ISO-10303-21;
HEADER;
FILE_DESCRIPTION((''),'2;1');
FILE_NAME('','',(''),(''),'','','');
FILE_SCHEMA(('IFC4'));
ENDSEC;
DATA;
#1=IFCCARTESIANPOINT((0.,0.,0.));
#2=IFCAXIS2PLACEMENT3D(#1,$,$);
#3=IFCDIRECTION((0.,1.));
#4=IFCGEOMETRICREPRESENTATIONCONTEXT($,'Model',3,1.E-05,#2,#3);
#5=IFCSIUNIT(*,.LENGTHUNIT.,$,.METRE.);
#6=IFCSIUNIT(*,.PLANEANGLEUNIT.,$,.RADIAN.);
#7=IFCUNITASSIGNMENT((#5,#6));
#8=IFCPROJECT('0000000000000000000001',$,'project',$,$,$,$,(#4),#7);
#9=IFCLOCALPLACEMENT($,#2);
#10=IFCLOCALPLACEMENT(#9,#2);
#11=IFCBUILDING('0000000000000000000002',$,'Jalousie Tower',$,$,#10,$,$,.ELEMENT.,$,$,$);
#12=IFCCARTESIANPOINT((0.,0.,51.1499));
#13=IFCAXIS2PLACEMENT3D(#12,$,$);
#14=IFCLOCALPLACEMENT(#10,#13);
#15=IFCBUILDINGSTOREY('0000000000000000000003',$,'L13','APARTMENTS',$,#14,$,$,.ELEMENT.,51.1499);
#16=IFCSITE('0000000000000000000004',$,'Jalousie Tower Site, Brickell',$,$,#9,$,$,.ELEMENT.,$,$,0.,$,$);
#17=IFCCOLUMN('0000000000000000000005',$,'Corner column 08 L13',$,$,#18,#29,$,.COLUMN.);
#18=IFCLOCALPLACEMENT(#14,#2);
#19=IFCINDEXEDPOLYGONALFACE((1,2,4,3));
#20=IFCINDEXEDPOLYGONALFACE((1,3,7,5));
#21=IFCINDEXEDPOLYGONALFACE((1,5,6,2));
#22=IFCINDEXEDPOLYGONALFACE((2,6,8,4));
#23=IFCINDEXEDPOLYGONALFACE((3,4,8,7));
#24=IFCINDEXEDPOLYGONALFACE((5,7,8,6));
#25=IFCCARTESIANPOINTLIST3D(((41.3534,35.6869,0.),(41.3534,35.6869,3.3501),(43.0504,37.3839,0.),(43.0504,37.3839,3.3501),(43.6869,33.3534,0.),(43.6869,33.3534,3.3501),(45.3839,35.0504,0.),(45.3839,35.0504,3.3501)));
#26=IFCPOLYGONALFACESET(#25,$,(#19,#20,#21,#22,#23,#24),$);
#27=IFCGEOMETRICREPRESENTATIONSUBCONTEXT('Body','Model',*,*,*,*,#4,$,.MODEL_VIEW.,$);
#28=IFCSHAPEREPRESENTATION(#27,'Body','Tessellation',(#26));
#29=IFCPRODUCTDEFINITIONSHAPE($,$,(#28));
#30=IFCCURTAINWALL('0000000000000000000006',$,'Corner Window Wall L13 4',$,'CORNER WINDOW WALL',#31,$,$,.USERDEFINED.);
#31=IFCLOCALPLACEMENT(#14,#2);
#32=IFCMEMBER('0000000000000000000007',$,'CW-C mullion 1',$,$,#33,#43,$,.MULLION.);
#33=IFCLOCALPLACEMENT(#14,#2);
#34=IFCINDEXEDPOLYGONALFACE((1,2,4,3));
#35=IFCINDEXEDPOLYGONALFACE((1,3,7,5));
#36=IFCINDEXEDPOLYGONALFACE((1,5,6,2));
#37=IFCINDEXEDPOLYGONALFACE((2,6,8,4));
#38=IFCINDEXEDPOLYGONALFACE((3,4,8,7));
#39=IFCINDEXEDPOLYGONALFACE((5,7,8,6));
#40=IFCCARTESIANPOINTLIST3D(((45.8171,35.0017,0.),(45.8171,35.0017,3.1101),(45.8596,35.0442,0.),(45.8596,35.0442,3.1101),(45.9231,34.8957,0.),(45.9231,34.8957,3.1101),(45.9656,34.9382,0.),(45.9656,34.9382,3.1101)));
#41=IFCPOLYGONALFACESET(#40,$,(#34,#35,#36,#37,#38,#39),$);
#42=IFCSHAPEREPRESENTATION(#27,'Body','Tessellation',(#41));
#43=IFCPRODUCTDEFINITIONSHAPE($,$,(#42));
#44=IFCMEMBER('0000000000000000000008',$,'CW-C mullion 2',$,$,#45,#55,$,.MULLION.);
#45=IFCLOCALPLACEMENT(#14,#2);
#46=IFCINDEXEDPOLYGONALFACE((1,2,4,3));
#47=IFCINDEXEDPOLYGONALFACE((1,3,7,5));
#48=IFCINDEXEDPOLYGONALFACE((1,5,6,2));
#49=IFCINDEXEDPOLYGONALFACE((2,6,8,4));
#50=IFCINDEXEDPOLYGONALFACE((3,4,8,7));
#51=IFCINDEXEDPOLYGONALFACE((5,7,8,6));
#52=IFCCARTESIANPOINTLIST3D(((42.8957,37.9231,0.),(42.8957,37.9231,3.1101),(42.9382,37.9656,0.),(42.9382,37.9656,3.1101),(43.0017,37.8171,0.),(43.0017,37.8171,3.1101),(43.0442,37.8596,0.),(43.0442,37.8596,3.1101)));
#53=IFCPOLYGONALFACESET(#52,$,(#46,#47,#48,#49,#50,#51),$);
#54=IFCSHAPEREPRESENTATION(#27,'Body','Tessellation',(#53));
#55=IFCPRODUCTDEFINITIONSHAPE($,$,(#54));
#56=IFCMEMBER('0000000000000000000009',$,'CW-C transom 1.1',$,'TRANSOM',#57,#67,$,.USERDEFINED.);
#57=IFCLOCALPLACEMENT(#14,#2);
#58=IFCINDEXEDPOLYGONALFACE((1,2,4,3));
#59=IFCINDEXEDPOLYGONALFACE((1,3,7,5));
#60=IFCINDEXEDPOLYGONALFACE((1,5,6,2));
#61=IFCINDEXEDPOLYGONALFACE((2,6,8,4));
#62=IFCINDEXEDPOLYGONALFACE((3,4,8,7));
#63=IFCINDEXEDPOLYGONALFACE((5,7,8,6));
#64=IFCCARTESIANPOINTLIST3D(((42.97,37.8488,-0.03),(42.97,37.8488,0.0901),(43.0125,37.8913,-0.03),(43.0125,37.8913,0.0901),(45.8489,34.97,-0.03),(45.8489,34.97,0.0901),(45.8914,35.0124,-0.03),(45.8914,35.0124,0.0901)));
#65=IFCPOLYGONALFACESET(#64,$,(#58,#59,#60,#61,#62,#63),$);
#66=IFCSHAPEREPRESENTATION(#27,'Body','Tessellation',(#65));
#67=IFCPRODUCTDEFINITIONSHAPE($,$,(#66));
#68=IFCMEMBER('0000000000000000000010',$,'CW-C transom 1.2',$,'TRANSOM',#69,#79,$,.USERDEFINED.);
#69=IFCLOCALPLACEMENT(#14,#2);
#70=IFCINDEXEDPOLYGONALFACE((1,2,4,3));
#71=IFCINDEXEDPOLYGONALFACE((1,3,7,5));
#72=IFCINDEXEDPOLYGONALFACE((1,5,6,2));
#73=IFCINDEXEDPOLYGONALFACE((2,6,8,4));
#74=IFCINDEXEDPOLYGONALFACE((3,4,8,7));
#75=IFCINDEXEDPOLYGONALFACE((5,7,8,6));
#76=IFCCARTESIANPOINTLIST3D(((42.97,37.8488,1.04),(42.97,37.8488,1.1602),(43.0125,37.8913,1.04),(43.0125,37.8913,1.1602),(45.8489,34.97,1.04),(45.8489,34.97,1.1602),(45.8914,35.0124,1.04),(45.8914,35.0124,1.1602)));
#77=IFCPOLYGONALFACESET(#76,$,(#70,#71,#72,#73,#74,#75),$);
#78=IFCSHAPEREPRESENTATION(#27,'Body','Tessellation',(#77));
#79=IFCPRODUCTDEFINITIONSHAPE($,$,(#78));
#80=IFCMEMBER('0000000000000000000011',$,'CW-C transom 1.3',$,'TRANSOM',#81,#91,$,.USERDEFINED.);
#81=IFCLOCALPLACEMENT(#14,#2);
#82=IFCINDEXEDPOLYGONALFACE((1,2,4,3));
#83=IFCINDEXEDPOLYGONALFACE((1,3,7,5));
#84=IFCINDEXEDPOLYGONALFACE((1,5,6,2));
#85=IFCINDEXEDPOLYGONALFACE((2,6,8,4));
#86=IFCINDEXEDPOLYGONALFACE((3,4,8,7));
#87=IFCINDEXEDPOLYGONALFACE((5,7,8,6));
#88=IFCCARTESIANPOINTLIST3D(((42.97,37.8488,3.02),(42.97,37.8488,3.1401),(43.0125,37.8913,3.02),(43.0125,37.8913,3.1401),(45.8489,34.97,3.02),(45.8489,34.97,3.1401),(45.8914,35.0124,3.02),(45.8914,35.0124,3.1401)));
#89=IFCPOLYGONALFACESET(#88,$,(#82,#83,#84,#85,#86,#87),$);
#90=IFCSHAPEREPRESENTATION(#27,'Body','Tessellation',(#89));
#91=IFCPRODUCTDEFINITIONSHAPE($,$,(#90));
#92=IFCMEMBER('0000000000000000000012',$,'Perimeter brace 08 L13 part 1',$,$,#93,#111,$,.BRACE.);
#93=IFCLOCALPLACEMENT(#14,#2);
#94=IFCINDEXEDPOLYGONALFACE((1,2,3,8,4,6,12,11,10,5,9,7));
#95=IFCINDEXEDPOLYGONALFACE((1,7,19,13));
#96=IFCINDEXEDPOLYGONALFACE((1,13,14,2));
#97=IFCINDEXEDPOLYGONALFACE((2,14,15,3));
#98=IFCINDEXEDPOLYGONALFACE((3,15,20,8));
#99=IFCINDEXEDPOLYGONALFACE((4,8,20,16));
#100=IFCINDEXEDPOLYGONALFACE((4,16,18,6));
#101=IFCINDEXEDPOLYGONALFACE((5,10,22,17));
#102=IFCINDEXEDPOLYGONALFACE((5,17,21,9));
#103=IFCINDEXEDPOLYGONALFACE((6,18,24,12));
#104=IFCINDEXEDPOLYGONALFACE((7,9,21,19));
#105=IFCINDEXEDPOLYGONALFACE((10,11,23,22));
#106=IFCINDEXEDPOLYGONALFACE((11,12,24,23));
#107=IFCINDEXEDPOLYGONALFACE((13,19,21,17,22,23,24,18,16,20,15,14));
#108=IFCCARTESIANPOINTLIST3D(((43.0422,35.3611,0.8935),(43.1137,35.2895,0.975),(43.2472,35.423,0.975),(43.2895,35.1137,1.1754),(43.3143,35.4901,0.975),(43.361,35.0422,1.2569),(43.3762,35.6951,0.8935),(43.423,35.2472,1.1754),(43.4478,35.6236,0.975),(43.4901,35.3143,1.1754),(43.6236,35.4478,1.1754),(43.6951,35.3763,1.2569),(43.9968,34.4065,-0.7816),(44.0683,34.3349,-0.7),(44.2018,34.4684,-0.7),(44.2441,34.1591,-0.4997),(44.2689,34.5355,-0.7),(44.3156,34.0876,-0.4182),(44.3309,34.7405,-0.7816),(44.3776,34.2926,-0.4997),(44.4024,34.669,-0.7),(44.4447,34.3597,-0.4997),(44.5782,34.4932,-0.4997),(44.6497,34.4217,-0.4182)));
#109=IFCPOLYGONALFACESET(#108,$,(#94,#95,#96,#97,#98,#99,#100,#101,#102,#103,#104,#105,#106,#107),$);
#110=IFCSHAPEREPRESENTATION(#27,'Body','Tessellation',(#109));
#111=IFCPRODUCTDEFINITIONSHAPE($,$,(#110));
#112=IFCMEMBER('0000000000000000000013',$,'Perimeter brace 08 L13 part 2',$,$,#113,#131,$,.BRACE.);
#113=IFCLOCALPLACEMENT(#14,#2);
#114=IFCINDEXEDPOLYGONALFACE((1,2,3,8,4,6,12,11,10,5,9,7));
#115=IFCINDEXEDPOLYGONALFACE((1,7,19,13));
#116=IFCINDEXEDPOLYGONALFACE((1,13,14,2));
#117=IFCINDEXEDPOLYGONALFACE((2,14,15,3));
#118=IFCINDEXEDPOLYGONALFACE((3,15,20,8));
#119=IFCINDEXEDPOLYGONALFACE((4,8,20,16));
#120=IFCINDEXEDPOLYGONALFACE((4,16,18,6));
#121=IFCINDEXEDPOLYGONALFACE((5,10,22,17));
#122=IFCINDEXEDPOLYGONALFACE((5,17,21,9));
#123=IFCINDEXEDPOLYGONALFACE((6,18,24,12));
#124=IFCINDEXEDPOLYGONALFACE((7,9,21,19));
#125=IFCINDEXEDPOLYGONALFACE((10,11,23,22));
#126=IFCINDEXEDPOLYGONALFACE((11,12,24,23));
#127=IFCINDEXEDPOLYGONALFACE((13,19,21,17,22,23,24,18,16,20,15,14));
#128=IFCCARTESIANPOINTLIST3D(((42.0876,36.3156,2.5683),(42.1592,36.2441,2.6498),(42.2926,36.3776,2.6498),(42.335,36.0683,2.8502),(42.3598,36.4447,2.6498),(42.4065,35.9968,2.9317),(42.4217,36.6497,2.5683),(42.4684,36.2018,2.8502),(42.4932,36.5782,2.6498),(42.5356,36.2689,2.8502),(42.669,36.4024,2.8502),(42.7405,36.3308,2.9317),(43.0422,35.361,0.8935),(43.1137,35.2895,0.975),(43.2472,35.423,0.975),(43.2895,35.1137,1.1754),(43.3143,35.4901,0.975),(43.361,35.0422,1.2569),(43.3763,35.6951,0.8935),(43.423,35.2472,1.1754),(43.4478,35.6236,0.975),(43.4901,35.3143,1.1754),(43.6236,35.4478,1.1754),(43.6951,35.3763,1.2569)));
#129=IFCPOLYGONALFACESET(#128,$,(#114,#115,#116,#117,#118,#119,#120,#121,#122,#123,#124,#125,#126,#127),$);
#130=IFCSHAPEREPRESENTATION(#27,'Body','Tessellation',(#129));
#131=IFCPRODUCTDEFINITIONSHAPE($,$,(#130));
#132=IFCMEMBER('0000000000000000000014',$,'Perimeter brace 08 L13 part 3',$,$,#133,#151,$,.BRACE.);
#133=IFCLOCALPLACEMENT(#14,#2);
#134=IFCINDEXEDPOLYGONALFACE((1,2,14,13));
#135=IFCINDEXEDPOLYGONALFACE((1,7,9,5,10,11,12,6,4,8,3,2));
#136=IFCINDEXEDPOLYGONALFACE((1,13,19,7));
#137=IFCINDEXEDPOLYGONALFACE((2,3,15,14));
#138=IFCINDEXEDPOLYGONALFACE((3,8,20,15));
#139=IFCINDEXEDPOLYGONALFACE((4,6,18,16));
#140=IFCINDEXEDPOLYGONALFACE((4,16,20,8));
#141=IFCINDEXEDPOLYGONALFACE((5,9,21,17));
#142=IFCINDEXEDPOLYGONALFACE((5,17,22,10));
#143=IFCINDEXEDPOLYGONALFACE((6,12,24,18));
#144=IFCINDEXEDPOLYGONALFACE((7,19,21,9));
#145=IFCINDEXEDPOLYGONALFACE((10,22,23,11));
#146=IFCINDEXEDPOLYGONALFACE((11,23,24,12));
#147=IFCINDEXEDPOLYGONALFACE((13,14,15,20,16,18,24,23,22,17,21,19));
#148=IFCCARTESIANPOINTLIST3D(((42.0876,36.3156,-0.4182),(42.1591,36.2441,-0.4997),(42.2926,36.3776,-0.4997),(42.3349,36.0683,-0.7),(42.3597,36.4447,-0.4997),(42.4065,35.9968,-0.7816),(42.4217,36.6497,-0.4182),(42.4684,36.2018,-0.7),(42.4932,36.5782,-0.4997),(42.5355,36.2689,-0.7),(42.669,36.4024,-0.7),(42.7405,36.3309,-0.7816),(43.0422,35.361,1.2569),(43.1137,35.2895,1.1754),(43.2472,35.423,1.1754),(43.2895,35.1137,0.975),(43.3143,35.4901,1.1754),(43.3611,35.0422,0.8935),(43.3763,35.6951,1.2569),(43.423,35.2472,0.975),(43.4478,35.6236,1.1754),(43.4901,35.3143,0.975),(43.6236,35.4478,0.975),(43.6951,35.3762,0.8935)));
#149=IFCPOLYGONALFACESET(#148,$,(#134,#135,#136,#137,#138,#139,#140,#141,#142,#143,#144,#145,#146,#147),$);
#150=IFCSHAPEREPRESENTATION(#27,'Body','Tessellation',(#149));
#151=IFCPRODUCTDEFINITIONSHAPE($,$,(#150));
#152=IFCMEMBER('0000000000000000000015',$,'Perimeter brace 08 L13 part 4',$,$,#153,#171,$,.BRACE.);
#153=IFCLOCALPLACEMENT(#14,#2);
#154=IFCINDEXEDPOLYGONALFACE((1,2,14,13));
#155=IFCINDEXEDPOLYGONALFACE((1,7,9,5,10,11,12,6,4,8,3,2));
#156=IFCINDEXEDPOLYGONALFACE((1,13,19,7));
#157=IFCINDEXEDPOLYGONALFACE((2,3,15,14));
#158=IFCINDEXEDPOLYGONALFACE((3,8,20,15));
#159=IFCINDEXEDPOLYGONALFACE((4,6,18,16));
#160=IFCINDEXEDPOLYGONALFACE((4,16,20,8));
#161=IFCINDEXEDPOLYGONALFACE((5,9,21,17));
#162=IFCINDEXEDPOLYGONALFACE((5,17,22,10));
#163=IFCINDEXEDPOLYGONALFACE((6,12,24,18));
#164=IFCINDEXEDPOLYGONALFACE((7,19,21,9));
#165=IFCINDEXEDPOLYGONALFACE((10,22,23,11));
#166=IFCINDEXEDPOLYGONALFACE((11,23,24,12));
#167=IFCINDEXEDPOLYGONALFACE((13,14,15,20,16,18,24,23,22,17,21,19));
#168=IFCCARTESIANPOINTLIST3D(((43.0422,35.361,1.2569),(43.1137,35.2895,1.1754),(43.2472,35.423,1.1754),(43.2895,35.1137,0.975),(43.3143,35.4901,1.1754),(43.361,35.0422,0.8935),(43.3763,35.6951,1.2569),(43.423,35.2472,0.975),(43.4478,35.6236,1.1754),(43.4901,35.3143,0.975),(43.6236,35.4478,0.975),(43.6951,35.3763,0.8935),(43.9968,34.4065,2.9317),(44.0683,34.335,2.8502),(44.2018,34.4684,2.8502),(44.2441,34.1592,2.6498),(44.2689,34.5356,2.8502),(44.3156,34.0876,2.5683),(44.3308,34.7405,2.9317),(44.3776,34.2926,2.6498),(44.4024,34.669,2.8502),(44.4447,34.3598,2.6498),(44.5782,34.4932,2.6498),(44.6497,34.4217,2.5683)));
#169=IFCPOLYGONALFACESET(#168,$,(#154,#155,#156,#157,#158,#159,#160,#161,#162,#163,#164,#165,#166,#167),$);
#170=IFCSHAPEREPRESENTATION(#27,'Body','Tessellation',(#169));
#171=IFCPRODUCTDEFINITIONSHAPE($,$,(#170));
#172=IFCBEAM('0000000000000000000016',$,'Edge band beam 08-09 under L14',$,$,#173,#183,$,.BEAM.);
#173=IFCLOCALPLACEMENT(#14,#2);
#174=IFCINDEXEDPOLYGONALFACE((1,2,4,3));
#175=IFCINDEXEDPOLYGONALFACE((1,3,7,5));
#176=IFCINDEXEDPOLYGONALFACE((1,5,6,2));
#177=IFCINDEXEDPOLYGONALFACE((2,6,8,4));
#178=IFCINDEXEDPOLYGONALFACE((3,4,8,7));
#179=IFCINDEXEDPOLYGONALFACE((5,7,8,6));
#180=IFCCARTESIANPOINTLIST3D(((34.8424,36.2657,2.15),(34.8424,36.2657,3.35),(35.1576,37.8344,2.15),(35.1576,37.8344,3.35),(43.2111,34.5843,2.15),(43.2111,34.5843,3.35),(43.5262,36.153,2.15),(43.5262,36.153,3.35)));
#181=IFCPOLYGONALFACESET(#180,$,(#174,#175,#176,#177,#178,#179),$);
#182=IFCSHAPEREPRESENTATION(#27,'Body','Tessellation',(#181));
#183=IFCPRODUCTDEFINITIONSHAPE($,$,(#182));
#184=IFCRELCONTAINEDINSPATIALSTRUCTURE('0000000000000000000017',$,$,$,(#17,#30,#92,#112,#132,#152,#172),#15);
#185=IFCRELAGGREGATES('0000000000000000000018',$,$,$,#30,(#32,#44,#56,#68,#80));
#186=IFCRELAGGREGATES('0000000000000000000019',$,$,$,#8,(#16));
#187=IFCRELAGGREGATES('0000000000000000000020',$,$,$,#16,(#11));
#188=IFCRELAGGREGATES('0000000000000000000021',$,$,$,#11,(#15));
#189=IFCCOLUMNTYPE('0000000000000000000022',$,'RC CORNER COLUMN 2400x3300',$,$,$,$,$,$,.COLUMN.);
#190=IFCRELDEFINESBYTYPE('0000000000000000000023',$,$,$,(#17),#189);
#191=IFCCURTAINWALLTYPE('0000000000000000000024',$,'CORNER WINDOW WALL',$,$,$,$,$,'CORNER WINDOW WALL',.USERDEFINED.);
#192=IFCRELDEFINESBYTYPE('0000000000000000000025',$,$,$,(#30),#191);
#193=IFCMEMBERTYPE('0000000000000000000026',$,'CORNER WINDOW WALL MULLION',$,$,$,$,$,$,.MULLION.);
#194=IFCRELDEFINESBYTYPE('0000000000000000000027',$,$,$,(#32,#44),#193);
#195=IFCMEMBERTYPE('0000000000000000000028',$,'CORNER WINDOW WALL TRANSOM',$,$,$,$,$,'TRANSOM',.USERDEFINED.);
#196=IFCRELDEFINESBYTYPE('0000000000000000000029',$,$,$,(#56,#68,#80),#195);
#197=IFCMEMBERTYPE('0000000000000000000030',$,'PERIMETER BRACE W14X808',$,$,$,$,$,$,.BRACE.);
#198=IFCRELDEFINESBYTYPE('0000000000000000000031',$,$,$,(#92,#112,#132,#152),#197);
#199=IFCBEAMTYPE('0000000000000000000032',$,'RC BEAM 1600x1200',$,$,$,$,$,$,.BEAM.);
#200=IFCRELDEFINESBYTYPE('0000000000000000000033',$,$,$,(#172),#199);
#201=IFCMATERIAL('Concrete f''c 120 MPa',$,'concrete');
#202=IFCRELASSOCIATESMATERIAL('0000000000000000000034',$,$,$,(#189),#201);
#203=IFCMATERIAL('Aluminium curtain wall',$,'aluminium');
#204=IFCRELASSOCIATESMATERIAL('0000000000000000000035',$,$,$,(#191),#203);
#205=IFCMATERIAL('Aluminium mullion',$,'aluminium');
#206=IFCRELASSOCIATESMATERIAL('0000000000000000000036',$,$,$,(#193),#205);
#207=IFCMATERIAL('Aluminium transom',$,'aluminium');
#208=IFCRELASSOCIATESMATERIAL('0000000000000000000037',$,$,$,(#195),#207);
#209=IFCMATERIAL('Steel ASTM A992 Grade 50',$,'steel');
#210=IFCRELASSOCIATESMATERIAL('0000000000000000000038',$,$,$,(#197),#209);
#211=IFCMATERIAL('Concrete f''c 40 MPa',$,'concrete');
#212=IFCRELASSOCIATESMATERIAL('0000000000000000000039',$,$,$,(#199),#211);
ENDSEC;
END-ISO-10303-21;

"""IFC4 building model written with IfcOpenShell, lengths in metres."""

from ifc_helpers import new_model, si_unit, direction, frame, origin, origin_2d, place, context, subcontext, project, spatial, rectangle, i_section, extrude, material, material_profile, profile_set, type_object, element, aggregate, save


model = new_model("IFC4")

# Units and contexts
model_context = context("Model", 3, precision=1e-05, world=origin(), true_north=direction((0.0, 1.0)))
body_context = subcontext(model_context, "Body", "Model", "MODEL_VIEW")
ifc_project = project(units=[si_unit("LENGTHUNIT", "METRE"), si_unit("PLANEANGLEUNIT", "RADIAN")], contexts=[model_context])

# Site, building, storey
site_placement = place(None, origin())
site = spatial("IfcSite", under=ifc_project, at=site_placement, Name="Jalousie Tower Site, Brickell", CompositionType="ELEMENT", RefElevation=0.0)
building_placement = place(site_placement, origin())
building = spatial("IfcBuilding", under=site, at=building_placement, Name="Jalousie Tower", CompositionType="ELEMENT")
storey_placement = place(building_placement, frame((0.0, 0.0, 51.1499)))
storey = spatial("IfcBuildingStorey", under=building, at=storey_placement, Name="L13", Description="APARTMENTS", CompositionType="ELEMENT", Elevation=51.1499)

# Column
ifc_material_1 = material(Name="Concrete f'c 120 MPa", Category="concrete")
ifc_material_profile_1 = material_profile(ifc_material_1, rectangle(XDim=2.3999, YDim=3.3, at=origin_2d()), Name="RC 2400x3300")
ifc_profile_set_1 = profile_set([ifc_material_profile_1], Name="Concrete f'c 120 MPa")
column_type = type_object("IfcColumnType", Name="RC CORNER COLUMN 2400x3300", PredefinedType="COLUMN", material=ifc_profile_set_1)
column_placement = place(storey_placement, frame((43.3687, 35.3687, 0.0), z_axis=(0.0, 0.0, 1.0), x_axis=(-0.707107, -0.707107, 0.0)))
element("IfcColumn", 1, at=column_placement, inside=storey, type_object=column_type, Name="Corner column 08 L13", PredefinedType="COLUMN", context=body_context, shape_type="SweptSolid", body=[
    extrude(rectangle(XDim=2.3999, YDim=3.3, at=origin_2d()), origin(), (0.0, 0.0, 1.0), 3.3501),
])

# Curtain wall, members
ifc_material_2 = material(Name="Aluminium curtain wall", Category="aluminium")
curtain_wall_type_1 = type_object("IfcCurtainWallType", Name="CORNER WINDOW WALL", ElementType="CORNER WINDOW WALL", PredefinedType="USERDEFINED", material=ifc_material_2)
curtain_wall_1_placement = place(storey_placement, origin())
curtain_wall_1 = element("IfcCurtainWall", 2, at=curtain_wall_1_placement, inside=storey, type_object=curtain_wall_type_1, Name="Corner Window Wall L13 4", ObjectType="CORNER WINDOW WALL", PredefinedType="USERDEFINED")
ifc_material_3 = material(Name="Aluminium mullion", Category="aluminium")
ifc_material_profile_2 = material_profile(ifc_material_3, rectangle(XDim=0.0601, YDim=0.1499, at=origin_2d()), Name="MULLION 60x150")
ifc_profile_set_2 = profile_set([ifc_material_profile_2], Name="Aluminium mullion")
member_type_1 = type_object("IfcMemberType", Name="CORNER WINDOW WALL MULLION", PredefinedType="MULLION", material=ifc_profile_set_2)
member_1_placement = place(storey_placement, frame((45.8914, 34.97, 0.0), z_axis=(0.0, 0.0, 1.0), x_axis=(-0.707107, -0.707107, 0.0)))
member_1 = element("IfcMember", 3, at=member_1_placement, type_object=member_type_1, Name="CW-C mullion 1", PredefinedType="MULLION", context=body_context, shape_type="SweptSolid", body=[
    extrude(rectangle(XDim=0.0601, YDim=0.1499, at=origin_2d()), origin(), (0.0, 0.0, 1.0), 3.1101),
])
member_2_placement = place(storey_placement, frame((42.97, 37.8914, 0.0), z_axis=(0.0, 0.0, 1.0), x_axis=(-0.707107, -0.707107, 0.0)))
member_2 = element("IfcMember", 4, at=member_2_placement, type_object=member_type_1, Name="CW-C mullion 2", PredefinedType="MULLION", context=body_context, shape_type="SweptSolid", body=[
    extrude(rectangle(XDim=0.0601, YDim=0.1499, at=origin_2d()), origin(), (0.0, 0.0, 1.0), 3.1101),
])
ifc_material_4 = material(Name="Aluminium transom", Category="aluminium")
ifc_material_profile_3 = material_profile(ifc_material_4, rectangle(XDim=0.0601, YDim=0.1201, at=origin_2d()), Name="TRANSOM 60x120")
ifc_profile_set_3 = profile_set([ifc_material_profile_3], Name="Aluminium transom")
member_type_2 = type_object("IfcMemberType", Name="CORNER WINDOW WALL TRANSOM", ElementType="TRANSOM", PredefinedType="USERDEFINED", material=ifc_profile_set_3)
member_3_placement = place(storey_placement, frame((45.8701, 34.9912, 0.03), z_axis=(-0.707107, 0.707107, 0.0), x_axis=(-0.707107, -0.707107, 0.0)))
member_3 = element("IfcMember", 5, at=member_3_placement, type_object=member_type_2, Name="CW-C transom 1.1", ObjectType="TRANSOM", PredefinedType="USERDEFINED", context=body_context, shape_type="SweptSolid", body=[
    extrude(rectangle(XDim=0.0601, YDim=0.1201, at=origin_2d()), origin(), (0.0, 0.0, 1.0), 4.0713),
])
member_4_placement = place(storey_placement, frame((45.8701, 34.9912, 1.1001), z_axis=(-0.707107, 0.707107, 0.0), x_axis=(-0.707107, -0.707107, 0.0)))
member_4 = element("IfcMember", 6, at=member_4_placement, type_object=member_type_2, Name="CW-C transom 1.2", ObjectType="TRANSOM", PredefinedType="USERDEFINED", context=body_context, shape_type="SweptSolid", body=[
    extrude(rectangle(XDim=0.0601, YDim=0.1201, at=origin_2d()), origin(), (0.0, 0.0, 1.0), 4.0713),
])
member_5_placement = place(storey_placement, frame((45.8701, 34.9912, 3.0801), z_axis=(-0.707107, 0.707107, 0.0), x_axis=(-0.707107, -0.707107, 0.0)))
member_5 = element("IfcMember", 7, at=member_5_placement, type_object=member_type_2, Name="CW-C transom 1.3", ObjectType="TRANSOM", PredefinedType="USERDEFINED", context=body_context, shape_type="SweptSolid", body=[
    extrude(rectangle(XDim=0.0601, YDim=0.1201, at=origin_2d()), origin(), (0.0, 0.0, 1.0), 4.0713),
])

# Members
ifc_material_5 = material(Name="Steel ASTM A992 Grade 50", Category="steel")
ifc_material_profile_4 = material_profile(ifc_material_5, i_section(OverallWidth=0.4724, OverallDepth=0.5791, WebThickness=0.095, FlangeThickness=0.1299, at=origin_2d()), Name="W14X808")
ifc_profile_set_4 = profile_set([ifc_material_profile_4], Name="Steel ASTM A992 Grade 50")
member_type_3 = type_object("IfcMemberType", Name="PERIMETER BRACE W14X808", PredefinedType="BRACE", material=ifc_profile_set_4)
member_6_placement = place(storey_placement, frame((44.3232, 34.4141, -0.5999), z_axis=(-0.443718, 0.443718, 0.778607), x_axis=(-0.707107, -0.707107, 0.0)))
element("IfcMember", 8, at=member_6_placement, inside=storey, type_object=member_type_3, Name="Perimeter brace 08 L13 part 1", PredefinedType="BRACE", context=body_context, shape_type="SweptSolid", body=[
    extrude(i_section(OverallWidth=0.4724, OverallDepth=0.5791, WebThickness=0.095, FlangeThickness=0.1299, at=origin_2d()), origin(), (0.0, 0.0, 1.0), 2.1514),
])
member_7_placement = place(storey_placement, frame((43.3687, 35.3687, 1.0752), z_axis=(-0.443758, 0.443758, 0.778562), x_axis=(-0.707107, -0.707107, 0.0)))
element("IfcMember", 9, at=member_7_placement, inside=storey, type_object=member_type_3, Name="Perimeter brace 08 L13 part 2", PredefinedType="BRACE", context=body_context, shape_type="SweptSolid", body=[
    extrude(i_section(OverallWidth=0.4724, OverallDepth=0.5791, WebThickness=0.095, FlangeThickness=0.1299, at=origin_2d()), origin(), (0.0, 0.0, 1.0), 2.1511),
])
member_8_placement = place(storey_placement, frame((42.4141, 36.3232, -0.5999), z_axis=(0.443718, -0.443718, 0.778607), x_axis=(0.707107, 0.707107, 0.0)))
element("IfcMember", 10, at=member_8_placement, inside=storey, type_object=member_type_3, Name="Perimeter brace 08 L13 part 3", PredefinedType="BRACE", context=body_context, shape_type="SweptSolid", body=[
    extrude(i_section(OverallWidth=0.4724, OverallDepth=0.5791, WebThickness=0.095, FlangeThickness=0.1299, at=origin_2d()), origin(), (0.0, 0.0, 1.0), 2.1514),
])
member_9_placement = place(storey_placement, frame((43.3687, 35.3687, 1.0752), z_axis=(0.443758, -0.443758, 0.778562), x_axis=(0.707107, 0.707107, 0.0)))
element("IfcMember", 11, at=member_9_placement, inside=storey, type_object=member_type_3, Name="Perimeter brace 08 L13 part 4", PredefinedType="BRACE", context=body_context, shape_type="SweptSolid", body=[
    extrude(i_section(OverallWidth=0.4724, OverallDepth=0.5791, WebThickness=0.095, FlangeThickness=0.1299, at=origin_2d()), origin(), (0.0, 0.0, 1.0), 2.1511),
])

# Beam
ifc_material_6 = material(Name="Concrete f'c 40 MPa", Category="concrete")
ifc_material_profile_5 = material_profile(ifc_material_6, rectangle(XDim=1.6001, YDim=1.2, at=origin_2d()), Name="RC 1600x1200")
ifc_profile_set_5 = profile_set([ifc_material_profile_5], Name="Concrete f'c 40 MPa")
beam_type_1 = type_object("IfcBeamType", Name="RC BEAM 1600x1200", PredefinedType="BEAM", material=ifc_profile_set_5)
beam_1_placement = place(storey_placement, frame((43.3687, 35.3687, 2.75), z_axis=(-0.980408, 0.19698, 0.0), x_axis=(-0.19698, -0.980408, 0.0)))
element("IfcBeam", 12, at=beam_1_placement, inside=storey, type_object=beam_type_1, Name="Edge band beam 08-09 under L14", PredefinedType="BEAM", context=body_context, shape_type="SweptSolid", body=[
    extrude(rectangle(XDim=1.6001, YDim=1.2, at=origin_2d()), origin(), (0.0, 0.0, 1.0), 8.5359),
])

aggregate(curtain_wall_1, [member_1, member_2, member_3, member_4, member_5])

save(model, "model.ifc")
